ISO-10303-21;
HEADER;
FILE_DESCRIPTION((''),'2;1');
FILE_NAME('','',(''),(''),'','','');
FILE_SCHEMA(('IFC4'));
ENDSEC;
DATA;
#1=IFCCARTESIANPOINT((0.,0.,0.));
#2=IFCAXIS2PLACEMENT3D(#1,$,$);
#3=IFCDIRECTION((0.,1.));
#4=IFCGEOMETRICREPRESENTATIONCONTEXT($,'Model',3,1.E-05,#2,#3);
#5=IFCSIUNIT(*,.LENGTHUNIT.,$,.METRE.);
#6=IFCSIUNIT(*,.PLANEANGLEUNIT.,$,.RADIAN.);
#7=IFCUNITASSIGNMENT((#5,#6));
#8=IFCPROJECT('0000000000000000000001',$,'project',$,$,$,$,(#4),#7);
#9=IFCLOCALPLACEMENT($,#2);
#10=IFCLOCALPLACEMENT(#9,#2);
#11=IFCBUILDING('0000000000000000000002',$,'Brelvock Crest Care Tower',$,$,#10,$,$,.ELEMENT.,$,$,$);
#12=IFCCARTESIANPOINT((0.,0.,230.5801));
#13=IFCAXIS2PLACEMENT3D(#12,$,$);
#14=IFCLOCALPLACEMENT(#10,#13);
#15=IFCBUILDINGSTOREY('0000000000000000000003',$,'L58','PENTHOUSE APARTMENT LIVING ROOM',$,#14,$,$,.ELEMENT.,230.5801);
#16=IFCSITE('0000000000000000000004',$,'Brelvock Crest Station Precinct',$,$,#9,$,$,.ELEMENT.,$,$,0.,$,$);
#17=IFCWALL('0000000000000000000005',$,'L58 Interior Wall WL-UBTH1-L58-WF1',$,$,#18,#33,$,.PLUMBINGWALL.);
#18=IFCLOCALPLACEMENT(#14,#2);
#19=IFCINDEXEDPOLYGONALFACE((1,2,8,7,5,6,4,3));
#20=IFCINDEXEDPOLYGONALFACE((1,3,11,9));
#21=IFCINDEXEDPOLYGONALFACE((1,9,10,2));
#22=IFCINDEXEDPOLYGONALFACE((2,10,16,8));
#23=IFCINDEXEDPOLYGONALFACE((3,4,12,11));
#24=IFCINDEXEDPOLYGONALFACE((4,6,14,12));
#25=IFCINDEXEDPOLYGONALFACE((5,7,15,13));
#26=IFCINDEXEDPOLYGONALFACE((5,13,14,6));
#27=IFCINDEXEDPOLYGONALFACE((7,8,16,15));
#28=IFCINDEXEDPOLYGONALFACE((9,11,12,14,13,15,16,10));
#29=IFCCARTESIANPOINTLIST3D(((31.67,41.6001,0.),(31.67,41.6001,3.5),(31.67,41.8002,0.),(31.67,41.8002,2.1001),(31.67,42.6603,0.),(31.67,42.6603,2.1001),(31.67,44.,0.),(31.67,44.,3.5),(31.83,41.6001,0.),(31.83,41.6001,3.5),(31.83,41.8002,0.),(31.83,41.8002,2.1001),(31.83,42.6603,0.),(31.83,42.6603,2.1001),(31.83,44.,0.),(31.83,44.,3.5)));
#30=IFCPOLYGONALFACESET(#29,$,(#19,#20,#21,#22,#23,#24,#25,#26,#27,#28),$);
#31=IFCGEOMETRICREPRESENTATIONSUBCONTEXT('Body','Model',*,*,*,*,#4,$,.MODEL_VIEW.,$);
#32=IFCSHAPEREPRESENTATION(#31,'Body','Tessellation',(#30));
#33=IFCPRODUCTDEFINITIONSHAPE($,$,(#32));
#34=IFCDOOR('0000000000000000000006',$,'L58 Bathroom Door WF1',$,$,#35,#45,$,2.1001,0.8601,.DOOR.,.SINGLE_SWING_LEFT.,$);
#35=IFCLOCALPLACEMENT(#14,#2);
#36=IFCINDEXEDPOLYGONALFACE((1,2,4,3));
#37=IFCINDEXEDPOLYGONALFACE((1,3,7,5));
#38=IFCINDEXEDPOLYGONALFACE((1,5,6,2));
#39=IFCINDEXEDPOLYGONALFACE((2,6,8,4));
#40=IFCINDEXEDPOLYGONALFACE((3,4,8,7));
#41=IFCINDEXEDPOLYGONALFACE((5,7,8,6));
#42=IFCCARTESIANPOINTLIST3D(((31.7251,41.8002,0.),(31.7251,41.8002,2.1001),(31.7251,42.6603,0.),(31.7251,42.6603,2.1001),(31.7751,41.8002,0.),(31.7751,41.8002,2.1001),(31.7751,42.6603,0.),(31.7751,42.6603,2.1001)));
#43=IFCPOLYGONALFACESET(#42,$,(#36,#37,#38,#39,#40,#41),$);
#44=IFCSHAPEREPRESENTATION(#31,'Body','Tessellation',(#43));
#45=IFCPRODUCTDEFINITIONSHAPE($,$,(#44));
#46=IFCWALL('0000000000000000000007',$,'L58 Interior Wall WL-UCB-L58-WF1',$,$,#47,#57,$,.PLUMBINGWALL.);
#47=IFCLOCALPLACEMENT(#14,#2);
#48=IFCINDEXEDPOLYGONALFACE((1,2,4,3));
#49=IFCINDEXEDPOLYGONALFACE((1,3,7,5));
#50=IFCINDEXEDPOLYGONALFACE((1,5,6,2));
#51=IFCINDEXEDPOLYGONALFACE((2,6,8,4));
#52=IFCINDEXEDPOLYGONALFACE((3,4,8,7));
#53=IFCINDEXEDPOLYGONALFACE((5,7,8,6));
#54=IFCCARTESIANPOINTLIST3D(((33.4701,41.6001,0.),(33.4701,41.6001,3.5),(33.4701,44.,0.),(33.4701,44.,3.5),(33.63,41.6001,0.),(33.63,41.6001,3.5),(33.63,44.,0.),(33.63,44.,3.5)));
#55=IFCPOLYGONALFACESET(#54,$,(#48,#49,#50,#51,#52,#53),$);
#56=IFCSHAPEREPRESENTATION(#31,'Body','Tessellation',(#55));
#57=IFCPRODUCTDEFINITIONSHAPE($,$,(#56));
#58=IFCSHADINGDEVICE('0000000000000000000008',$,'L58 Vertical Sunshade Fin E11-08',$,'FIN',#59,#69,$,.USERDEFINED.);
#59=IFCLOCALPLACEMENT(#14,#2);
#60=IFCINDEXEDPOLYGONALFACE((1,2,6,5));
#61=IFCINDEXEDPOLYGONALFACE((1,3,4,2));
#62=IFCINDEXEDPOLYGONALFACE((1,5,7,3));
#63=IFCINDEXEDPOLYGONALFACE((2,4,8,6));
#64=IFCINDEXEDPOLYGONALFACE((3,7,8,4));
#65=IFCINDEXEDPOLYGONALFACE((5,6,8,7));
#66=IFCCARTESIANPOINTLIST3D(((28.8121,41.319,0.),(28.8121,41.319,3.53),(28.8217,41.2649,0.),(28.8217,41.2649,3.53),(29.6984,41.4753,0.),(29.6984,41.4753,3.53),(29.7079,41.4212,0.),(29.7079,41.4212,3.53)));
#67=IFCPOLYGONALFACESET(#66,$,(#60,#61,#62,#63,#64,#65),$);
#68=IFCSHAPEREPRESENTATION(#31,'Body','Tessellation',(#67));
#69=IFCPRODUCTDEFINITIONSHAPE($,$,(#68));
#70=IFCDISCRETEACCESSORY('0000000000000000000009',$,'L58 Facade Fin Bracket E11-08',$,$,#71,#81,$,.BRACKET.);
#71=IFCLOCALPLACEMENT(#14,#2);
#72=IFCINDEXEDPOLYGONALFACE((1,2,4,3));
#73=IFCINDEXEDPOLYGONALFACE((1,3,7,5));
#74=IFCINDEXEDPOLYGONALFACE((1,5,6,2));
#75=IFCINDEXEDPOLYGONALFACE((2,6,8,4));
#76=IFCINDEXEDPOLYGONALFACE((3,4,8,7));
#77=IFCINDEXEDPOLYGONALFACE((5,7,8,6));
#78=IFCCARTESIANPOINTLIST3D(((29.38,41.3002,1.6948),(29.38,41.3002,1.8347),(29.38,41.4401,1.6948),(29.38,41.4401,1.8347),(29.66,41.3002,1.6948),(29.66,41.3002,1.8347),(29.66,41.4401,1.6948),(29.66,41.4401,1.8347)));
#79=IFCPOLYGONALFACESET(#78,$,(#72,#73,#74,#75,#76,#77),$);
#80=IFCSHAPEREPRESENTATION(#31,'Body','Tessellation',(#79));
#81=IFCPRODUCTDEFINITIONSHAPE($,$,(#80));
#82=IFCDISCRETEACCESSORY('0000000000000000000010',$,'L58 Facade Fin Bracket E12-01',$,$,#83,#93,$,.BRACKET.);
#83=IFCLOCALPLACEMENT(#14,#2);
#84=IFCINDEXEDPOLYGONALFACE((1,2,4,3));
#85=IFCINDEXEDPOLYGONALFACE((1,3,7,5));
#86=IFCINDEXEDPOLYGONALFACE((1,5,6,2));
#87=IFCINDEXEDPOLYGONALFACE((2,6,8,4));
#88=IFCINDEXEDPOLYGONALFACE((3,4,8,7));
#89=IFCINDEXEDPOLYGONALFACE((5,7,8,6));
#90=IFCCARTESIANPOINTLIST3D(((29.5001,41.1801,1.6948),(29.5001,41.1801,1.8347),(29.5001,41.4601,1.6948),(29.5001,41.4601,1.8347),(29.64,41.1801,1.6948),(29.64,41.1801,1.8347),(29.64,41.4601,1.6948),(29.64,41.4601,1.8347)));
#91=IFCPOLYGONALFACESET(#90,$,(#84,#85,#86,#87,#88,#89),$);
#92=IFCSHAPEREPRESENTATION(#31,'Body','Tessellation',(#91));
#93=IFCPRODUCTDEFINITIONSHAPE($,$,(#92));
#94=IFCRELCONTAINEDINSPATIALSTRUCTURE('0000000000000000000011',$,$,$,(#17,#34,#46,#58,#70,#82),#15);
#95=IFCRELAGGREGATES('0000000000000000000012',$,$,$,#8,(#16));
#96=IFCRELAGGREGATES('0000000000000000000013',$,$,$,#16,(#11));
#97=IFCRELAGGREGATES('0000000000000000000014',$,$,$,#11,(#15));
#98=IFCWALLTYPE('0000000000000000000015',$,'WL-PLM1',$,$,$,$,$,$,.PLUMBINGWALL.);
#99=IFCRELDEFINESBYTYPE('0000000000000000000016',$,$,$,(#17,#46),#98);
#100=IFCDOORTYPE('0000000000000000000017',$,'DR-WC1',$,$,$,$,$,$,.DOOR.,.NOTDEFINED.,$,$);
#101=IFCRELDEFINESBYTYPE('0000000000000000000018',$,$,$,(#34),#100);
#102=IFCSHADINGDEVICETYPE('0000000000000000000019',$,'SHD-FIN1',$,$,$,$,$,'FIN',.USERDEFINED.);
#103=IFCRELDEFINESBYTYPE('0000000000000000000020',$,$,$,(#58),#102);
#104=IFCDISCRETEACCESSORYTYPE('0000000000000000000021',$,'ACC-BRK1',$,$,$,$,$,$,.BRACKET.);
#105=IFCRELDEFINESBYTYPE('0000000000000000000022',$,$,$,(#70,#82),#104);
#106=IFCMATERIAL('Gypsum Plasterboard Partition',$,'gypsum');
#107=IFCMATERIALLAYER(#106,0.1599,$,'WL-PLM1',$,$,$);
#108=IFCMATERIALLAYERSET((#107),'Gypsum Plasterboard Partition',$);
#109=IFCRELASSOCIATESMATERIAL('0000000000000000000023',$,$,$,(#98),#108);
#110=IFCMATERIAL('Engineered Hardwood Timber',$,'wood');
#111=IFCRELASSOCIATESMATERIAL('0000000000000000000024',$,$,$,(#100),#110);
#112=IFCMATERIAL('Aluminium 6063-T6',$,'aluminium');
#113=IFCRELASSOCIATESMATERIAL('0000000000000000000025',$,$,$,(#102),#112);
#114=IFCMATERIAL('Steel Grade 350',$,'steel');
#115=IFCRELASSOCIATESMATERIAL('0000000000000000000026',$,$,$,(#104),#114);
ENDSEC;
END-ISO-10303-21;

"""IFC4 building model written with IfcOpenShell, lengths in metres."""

from ifc_helpers import new_model, si_unit, direction, frame, frame_2d, origin, origin_2d, place, context, subcontext, project, spatial, rectangle, extrude, source, transform, mapped, material, layer, layer_set, material_profile, profile_set, type_object, element, fill, save


model = new_model("IFC4")

# Units and contexts
model_context = context("Model", 3, precision=1e-05, world=origin(), true_north=direction((0.0, 1.0)))
body_context = subcontext(model_context, "Body", "Model", "MODEL_VIEW")
ifc_project = project(units=[si_unit("LENGTHUNIT", "METRE"), si_unit("PLANEANGLEUNIT", "RADIAN")], contexts=[model_context])

# Site, building, storey
site_placement = place(None, origin())
site = spatial("IfcSite", under=ifc_project, at=site_placement, Name="Brelvock Crest Station Precinct", CompositionType="ELEMENT", RefElevation=0.0)
building_placement = place(site_placement, origin())
building = spatial("IfcBuilding", under=site, at=building_placement, Name="Brelvock Crest Care Tower", CompositionType="ELEMENT")
storey_placement = place(building_placement, frame((0.0, 0.0, 230.5801)))
storey = spatial("IfcBuildingStorey", under=building, at=storey_placement, Name="L58", Description="PENTHOUSE APARTMENT LIVING ROOM", CompositionType="ELEMENT", Elevation=230.5801)

# Shared definitions
ifc_material_1 = material(Name="Steel Grade 350", Category="steel")

# Shared definitions
ifc_material_2 = material(Name="Aluminium 6063-T6", Category="aluminium")

# Shared definitions
ifc_material_3 = material(Name="Engineered Hardwood Timber", Category="wood")

# Shared definitions
ifc_material_4 = material(Name="Gypsum Plasterboard Partition", Category="gypsum")
ifc_layer_1 = layer(ifc_material_4, 0.1599, Name="WL-PLM1")
ifc_layer_set_1 = layer_set([ifc_layer_1], Name="Gypsum Plasterboard Partition")
wall_type_1 = type_object("IfcWallType", Name="WL-PLM1", PredefinedType="PLUMBINGWALL", material=ifc_layer_set_1)

# Wall, opening, door
wall_1_placement = place(storey_placement, frame((31.75, 41.6001, 0.0), z_axis=(0.0, 0.0, 1.0), x_axis=(0.0, 1.0, 0.0)))
wall_1 = element("IfcWall", 1, at=wall_1_placement, inside=storey, type_object=wall_type_1, Name="L58 Interior Wall WL-UBTH1-L58-WF1", PredefinedType="PLUMBINGWALL", context=body_context, shape_type="SweptSolid", body=[
    extrude(rectangle(XDim=2.3999, YDim=0.1599, at=frame_2d((1.2, 0.0))), origin(), (0.0, 0.0, 1.0), 3.5),
])
opening_1_placement = place(wall_1_placement, frame((0.2, 0.0, 0.0)))
opening_1 = element("IfcOpeningElement", 2, at=opening_1_placement, cuts=wall_1, PredefinedType="OPENING", context=body_context, shape_type="SweptSolid", body=[
    extrude(rectangle(XDim=0.8601, YDim=2.1001, at=origin_2d()), frame((0.4302, 0.0898, 1.05), z_axis=(0.0, -1.0, 0.0), x_axis=(1.0, 0.0, 0.0)), (0.0, 0.0, 1.0), 0.1799),
])
door_type_1 = type_object("IfcDoorType", Name="DR-WC1", OperationType="NOTDEFINED", PredefinedType="DOOR", material=ifc_material_3)
shared_shape_1 = source(origin(), body_context, "Body", "SweptSolid", [
    extrude(rectangle(XDim=0.8601, YDim=2.1001, at=origin_2d()), frame((0.4302, 0.0249, 1.05), z_axis=(0.0, -1.0, 0.0), x_axis=(1.0, 0.0, 0.0)), (0.0, 0.0, 1.0), 0.05),
])
door_1_placement = place(opening_1_placement, origin())
door_1 = element("IfcDoor", 3, at=door_1_placement, inside=storey, type_object=door_type_1, Name="L58 Bathroom Door WF1", OperationType="SINGLE_SWING_LEFT", OverallHeight=2.1001, OverallWidth=0.8601, PredefinedType="DOOR", context=body_context, shape_type="MappedRepresentation", body=[
    mapped(shared_shape_1, transform((0.0, 0.0, 0.0), x_axis=(1.0, 0.0, 0.0), y_axis=(0.0, 1.0, 0.0), z_axis=(0.0, 0.0, 1.0), scale=1.0)),
])
fill(opening_1, door_1)

# Wall
wall_2_placement = place(storey_placement, frame((33.55, 41.6001, 0.0), z_axis=(0.0, 0.0, 1.0), x_axis=(0.0, 1.0, 0.0)))
element("IfcWall", 4, at=wall_2_placement, inside=storey, type_object=wall_type_1, Name="L58 Interior Wall WL-UCB-L58-WF1", PredefinedType="PLUMBINGWALL", context=body_context, shape_type="SweptSolid", body=[
    extrude(rectangle(XDim=2.3999, YDim=0.1599, at=frame_2d((1.2, 0.0))), origin(), (0.0, 0.0, 1.0), 3.5),
])

# Shading device
ifc_material_profile_1 = material_profile(ifc_material_2, rectangle(XDim=0.0549, YDim=0.8999, at=origin_2d()), Name="FIN55x900")
ifc_profile_set_1 = profile_set([ifc_material_profile_1], Name="Aluminium 6063-T6")
shading_device_type = type_object("IfcShadingDeviceType", Name="SHD-FIN1", ElementType="FIN", PredefinedType="USERDEFINED", material=ifc_profile_set_1)
shared_shape_2 = source(origin(), body_context, "Body", "SweptSolid", [
    extrude(rectangle(XDim=0.0549, YDim=0.8999, at=origin_2d()), origin(), (0.0, 0.0, 1.0), 3.53),
])
shading_device_placement = place(storey_placement, frame((29.26, 41.3701, 0.0), z_axis=(0.0, 0.0, 1.0), x_axis=(-0.173648, 0.984808, 0.0)))
element("IfcShadingDevice", 5, at=shading_device_placement, inside=storey, type_object=shading_device_type, Name="L58 Vertical Sunshade Fin E11-08", ObjectType="FIN", PredefinedType="USERDEFINED", context=body_context, shape_type="MappedRepresentation", body=[
    mapped(shared_shape_2, transform((0.0, 0.0, 0.0), x_axis=(1.0, 0.0, 0.0), y_axis=(0.0, 1.0, 0.0), z_axis=(0.0, 0.0, 1.0), scale=1.0)),
])

# Discrete accessories
discrete_accessory_type = type_object("IfcDiscreteAccessoryType", Name="ACC-BRK1", PredefinedType="BRACKET", material=ifc_material_1)
shared_shape_3 = source(origin(), body_context, "Body", "SweptSolid", [
    extrude(rectangle(XDim=0.28, YDim=0.1399, at=origin_2d()), origin(), (0.0, 0.0, 1.0), 0.1399),
])
for number, where, z_axis, x_axis, name in (
    (6, (29.52, 41.3701, 1.6948), (0.0, 0.0, 1.0), (-1.0, 0.0, 0.0), "L58 Facade Fin Bracket E11-08"),
    (7, (29.5701, 41.3201, 1.6948), (0.0, 0.0, 1.0), (0.0, -1.0, 0.0), "L58 Facade Fin Bracket E12-01"),
):
    element("IfcDiscreteAccessory", number, at=place(storey_placement, frame(where, z_axis=z_axis, x_axis=x_axis)), inside=storey, type_object=discrete_accessory_type, Name=name, PredefinedType="BRACKET", context=body_context, shape_type="MappedRepresentation", body=[
        mapped(shared_shape_3, transform((0.0, 0.0, 0.0), x_axis=(1.0, 0.0, 0.0), y_axis=(0.0, 1.0, 0.0), z_axis=(0.0, 0.0, 1.0), scale=1.0)),
    ])

save(model, "model.ifc")
